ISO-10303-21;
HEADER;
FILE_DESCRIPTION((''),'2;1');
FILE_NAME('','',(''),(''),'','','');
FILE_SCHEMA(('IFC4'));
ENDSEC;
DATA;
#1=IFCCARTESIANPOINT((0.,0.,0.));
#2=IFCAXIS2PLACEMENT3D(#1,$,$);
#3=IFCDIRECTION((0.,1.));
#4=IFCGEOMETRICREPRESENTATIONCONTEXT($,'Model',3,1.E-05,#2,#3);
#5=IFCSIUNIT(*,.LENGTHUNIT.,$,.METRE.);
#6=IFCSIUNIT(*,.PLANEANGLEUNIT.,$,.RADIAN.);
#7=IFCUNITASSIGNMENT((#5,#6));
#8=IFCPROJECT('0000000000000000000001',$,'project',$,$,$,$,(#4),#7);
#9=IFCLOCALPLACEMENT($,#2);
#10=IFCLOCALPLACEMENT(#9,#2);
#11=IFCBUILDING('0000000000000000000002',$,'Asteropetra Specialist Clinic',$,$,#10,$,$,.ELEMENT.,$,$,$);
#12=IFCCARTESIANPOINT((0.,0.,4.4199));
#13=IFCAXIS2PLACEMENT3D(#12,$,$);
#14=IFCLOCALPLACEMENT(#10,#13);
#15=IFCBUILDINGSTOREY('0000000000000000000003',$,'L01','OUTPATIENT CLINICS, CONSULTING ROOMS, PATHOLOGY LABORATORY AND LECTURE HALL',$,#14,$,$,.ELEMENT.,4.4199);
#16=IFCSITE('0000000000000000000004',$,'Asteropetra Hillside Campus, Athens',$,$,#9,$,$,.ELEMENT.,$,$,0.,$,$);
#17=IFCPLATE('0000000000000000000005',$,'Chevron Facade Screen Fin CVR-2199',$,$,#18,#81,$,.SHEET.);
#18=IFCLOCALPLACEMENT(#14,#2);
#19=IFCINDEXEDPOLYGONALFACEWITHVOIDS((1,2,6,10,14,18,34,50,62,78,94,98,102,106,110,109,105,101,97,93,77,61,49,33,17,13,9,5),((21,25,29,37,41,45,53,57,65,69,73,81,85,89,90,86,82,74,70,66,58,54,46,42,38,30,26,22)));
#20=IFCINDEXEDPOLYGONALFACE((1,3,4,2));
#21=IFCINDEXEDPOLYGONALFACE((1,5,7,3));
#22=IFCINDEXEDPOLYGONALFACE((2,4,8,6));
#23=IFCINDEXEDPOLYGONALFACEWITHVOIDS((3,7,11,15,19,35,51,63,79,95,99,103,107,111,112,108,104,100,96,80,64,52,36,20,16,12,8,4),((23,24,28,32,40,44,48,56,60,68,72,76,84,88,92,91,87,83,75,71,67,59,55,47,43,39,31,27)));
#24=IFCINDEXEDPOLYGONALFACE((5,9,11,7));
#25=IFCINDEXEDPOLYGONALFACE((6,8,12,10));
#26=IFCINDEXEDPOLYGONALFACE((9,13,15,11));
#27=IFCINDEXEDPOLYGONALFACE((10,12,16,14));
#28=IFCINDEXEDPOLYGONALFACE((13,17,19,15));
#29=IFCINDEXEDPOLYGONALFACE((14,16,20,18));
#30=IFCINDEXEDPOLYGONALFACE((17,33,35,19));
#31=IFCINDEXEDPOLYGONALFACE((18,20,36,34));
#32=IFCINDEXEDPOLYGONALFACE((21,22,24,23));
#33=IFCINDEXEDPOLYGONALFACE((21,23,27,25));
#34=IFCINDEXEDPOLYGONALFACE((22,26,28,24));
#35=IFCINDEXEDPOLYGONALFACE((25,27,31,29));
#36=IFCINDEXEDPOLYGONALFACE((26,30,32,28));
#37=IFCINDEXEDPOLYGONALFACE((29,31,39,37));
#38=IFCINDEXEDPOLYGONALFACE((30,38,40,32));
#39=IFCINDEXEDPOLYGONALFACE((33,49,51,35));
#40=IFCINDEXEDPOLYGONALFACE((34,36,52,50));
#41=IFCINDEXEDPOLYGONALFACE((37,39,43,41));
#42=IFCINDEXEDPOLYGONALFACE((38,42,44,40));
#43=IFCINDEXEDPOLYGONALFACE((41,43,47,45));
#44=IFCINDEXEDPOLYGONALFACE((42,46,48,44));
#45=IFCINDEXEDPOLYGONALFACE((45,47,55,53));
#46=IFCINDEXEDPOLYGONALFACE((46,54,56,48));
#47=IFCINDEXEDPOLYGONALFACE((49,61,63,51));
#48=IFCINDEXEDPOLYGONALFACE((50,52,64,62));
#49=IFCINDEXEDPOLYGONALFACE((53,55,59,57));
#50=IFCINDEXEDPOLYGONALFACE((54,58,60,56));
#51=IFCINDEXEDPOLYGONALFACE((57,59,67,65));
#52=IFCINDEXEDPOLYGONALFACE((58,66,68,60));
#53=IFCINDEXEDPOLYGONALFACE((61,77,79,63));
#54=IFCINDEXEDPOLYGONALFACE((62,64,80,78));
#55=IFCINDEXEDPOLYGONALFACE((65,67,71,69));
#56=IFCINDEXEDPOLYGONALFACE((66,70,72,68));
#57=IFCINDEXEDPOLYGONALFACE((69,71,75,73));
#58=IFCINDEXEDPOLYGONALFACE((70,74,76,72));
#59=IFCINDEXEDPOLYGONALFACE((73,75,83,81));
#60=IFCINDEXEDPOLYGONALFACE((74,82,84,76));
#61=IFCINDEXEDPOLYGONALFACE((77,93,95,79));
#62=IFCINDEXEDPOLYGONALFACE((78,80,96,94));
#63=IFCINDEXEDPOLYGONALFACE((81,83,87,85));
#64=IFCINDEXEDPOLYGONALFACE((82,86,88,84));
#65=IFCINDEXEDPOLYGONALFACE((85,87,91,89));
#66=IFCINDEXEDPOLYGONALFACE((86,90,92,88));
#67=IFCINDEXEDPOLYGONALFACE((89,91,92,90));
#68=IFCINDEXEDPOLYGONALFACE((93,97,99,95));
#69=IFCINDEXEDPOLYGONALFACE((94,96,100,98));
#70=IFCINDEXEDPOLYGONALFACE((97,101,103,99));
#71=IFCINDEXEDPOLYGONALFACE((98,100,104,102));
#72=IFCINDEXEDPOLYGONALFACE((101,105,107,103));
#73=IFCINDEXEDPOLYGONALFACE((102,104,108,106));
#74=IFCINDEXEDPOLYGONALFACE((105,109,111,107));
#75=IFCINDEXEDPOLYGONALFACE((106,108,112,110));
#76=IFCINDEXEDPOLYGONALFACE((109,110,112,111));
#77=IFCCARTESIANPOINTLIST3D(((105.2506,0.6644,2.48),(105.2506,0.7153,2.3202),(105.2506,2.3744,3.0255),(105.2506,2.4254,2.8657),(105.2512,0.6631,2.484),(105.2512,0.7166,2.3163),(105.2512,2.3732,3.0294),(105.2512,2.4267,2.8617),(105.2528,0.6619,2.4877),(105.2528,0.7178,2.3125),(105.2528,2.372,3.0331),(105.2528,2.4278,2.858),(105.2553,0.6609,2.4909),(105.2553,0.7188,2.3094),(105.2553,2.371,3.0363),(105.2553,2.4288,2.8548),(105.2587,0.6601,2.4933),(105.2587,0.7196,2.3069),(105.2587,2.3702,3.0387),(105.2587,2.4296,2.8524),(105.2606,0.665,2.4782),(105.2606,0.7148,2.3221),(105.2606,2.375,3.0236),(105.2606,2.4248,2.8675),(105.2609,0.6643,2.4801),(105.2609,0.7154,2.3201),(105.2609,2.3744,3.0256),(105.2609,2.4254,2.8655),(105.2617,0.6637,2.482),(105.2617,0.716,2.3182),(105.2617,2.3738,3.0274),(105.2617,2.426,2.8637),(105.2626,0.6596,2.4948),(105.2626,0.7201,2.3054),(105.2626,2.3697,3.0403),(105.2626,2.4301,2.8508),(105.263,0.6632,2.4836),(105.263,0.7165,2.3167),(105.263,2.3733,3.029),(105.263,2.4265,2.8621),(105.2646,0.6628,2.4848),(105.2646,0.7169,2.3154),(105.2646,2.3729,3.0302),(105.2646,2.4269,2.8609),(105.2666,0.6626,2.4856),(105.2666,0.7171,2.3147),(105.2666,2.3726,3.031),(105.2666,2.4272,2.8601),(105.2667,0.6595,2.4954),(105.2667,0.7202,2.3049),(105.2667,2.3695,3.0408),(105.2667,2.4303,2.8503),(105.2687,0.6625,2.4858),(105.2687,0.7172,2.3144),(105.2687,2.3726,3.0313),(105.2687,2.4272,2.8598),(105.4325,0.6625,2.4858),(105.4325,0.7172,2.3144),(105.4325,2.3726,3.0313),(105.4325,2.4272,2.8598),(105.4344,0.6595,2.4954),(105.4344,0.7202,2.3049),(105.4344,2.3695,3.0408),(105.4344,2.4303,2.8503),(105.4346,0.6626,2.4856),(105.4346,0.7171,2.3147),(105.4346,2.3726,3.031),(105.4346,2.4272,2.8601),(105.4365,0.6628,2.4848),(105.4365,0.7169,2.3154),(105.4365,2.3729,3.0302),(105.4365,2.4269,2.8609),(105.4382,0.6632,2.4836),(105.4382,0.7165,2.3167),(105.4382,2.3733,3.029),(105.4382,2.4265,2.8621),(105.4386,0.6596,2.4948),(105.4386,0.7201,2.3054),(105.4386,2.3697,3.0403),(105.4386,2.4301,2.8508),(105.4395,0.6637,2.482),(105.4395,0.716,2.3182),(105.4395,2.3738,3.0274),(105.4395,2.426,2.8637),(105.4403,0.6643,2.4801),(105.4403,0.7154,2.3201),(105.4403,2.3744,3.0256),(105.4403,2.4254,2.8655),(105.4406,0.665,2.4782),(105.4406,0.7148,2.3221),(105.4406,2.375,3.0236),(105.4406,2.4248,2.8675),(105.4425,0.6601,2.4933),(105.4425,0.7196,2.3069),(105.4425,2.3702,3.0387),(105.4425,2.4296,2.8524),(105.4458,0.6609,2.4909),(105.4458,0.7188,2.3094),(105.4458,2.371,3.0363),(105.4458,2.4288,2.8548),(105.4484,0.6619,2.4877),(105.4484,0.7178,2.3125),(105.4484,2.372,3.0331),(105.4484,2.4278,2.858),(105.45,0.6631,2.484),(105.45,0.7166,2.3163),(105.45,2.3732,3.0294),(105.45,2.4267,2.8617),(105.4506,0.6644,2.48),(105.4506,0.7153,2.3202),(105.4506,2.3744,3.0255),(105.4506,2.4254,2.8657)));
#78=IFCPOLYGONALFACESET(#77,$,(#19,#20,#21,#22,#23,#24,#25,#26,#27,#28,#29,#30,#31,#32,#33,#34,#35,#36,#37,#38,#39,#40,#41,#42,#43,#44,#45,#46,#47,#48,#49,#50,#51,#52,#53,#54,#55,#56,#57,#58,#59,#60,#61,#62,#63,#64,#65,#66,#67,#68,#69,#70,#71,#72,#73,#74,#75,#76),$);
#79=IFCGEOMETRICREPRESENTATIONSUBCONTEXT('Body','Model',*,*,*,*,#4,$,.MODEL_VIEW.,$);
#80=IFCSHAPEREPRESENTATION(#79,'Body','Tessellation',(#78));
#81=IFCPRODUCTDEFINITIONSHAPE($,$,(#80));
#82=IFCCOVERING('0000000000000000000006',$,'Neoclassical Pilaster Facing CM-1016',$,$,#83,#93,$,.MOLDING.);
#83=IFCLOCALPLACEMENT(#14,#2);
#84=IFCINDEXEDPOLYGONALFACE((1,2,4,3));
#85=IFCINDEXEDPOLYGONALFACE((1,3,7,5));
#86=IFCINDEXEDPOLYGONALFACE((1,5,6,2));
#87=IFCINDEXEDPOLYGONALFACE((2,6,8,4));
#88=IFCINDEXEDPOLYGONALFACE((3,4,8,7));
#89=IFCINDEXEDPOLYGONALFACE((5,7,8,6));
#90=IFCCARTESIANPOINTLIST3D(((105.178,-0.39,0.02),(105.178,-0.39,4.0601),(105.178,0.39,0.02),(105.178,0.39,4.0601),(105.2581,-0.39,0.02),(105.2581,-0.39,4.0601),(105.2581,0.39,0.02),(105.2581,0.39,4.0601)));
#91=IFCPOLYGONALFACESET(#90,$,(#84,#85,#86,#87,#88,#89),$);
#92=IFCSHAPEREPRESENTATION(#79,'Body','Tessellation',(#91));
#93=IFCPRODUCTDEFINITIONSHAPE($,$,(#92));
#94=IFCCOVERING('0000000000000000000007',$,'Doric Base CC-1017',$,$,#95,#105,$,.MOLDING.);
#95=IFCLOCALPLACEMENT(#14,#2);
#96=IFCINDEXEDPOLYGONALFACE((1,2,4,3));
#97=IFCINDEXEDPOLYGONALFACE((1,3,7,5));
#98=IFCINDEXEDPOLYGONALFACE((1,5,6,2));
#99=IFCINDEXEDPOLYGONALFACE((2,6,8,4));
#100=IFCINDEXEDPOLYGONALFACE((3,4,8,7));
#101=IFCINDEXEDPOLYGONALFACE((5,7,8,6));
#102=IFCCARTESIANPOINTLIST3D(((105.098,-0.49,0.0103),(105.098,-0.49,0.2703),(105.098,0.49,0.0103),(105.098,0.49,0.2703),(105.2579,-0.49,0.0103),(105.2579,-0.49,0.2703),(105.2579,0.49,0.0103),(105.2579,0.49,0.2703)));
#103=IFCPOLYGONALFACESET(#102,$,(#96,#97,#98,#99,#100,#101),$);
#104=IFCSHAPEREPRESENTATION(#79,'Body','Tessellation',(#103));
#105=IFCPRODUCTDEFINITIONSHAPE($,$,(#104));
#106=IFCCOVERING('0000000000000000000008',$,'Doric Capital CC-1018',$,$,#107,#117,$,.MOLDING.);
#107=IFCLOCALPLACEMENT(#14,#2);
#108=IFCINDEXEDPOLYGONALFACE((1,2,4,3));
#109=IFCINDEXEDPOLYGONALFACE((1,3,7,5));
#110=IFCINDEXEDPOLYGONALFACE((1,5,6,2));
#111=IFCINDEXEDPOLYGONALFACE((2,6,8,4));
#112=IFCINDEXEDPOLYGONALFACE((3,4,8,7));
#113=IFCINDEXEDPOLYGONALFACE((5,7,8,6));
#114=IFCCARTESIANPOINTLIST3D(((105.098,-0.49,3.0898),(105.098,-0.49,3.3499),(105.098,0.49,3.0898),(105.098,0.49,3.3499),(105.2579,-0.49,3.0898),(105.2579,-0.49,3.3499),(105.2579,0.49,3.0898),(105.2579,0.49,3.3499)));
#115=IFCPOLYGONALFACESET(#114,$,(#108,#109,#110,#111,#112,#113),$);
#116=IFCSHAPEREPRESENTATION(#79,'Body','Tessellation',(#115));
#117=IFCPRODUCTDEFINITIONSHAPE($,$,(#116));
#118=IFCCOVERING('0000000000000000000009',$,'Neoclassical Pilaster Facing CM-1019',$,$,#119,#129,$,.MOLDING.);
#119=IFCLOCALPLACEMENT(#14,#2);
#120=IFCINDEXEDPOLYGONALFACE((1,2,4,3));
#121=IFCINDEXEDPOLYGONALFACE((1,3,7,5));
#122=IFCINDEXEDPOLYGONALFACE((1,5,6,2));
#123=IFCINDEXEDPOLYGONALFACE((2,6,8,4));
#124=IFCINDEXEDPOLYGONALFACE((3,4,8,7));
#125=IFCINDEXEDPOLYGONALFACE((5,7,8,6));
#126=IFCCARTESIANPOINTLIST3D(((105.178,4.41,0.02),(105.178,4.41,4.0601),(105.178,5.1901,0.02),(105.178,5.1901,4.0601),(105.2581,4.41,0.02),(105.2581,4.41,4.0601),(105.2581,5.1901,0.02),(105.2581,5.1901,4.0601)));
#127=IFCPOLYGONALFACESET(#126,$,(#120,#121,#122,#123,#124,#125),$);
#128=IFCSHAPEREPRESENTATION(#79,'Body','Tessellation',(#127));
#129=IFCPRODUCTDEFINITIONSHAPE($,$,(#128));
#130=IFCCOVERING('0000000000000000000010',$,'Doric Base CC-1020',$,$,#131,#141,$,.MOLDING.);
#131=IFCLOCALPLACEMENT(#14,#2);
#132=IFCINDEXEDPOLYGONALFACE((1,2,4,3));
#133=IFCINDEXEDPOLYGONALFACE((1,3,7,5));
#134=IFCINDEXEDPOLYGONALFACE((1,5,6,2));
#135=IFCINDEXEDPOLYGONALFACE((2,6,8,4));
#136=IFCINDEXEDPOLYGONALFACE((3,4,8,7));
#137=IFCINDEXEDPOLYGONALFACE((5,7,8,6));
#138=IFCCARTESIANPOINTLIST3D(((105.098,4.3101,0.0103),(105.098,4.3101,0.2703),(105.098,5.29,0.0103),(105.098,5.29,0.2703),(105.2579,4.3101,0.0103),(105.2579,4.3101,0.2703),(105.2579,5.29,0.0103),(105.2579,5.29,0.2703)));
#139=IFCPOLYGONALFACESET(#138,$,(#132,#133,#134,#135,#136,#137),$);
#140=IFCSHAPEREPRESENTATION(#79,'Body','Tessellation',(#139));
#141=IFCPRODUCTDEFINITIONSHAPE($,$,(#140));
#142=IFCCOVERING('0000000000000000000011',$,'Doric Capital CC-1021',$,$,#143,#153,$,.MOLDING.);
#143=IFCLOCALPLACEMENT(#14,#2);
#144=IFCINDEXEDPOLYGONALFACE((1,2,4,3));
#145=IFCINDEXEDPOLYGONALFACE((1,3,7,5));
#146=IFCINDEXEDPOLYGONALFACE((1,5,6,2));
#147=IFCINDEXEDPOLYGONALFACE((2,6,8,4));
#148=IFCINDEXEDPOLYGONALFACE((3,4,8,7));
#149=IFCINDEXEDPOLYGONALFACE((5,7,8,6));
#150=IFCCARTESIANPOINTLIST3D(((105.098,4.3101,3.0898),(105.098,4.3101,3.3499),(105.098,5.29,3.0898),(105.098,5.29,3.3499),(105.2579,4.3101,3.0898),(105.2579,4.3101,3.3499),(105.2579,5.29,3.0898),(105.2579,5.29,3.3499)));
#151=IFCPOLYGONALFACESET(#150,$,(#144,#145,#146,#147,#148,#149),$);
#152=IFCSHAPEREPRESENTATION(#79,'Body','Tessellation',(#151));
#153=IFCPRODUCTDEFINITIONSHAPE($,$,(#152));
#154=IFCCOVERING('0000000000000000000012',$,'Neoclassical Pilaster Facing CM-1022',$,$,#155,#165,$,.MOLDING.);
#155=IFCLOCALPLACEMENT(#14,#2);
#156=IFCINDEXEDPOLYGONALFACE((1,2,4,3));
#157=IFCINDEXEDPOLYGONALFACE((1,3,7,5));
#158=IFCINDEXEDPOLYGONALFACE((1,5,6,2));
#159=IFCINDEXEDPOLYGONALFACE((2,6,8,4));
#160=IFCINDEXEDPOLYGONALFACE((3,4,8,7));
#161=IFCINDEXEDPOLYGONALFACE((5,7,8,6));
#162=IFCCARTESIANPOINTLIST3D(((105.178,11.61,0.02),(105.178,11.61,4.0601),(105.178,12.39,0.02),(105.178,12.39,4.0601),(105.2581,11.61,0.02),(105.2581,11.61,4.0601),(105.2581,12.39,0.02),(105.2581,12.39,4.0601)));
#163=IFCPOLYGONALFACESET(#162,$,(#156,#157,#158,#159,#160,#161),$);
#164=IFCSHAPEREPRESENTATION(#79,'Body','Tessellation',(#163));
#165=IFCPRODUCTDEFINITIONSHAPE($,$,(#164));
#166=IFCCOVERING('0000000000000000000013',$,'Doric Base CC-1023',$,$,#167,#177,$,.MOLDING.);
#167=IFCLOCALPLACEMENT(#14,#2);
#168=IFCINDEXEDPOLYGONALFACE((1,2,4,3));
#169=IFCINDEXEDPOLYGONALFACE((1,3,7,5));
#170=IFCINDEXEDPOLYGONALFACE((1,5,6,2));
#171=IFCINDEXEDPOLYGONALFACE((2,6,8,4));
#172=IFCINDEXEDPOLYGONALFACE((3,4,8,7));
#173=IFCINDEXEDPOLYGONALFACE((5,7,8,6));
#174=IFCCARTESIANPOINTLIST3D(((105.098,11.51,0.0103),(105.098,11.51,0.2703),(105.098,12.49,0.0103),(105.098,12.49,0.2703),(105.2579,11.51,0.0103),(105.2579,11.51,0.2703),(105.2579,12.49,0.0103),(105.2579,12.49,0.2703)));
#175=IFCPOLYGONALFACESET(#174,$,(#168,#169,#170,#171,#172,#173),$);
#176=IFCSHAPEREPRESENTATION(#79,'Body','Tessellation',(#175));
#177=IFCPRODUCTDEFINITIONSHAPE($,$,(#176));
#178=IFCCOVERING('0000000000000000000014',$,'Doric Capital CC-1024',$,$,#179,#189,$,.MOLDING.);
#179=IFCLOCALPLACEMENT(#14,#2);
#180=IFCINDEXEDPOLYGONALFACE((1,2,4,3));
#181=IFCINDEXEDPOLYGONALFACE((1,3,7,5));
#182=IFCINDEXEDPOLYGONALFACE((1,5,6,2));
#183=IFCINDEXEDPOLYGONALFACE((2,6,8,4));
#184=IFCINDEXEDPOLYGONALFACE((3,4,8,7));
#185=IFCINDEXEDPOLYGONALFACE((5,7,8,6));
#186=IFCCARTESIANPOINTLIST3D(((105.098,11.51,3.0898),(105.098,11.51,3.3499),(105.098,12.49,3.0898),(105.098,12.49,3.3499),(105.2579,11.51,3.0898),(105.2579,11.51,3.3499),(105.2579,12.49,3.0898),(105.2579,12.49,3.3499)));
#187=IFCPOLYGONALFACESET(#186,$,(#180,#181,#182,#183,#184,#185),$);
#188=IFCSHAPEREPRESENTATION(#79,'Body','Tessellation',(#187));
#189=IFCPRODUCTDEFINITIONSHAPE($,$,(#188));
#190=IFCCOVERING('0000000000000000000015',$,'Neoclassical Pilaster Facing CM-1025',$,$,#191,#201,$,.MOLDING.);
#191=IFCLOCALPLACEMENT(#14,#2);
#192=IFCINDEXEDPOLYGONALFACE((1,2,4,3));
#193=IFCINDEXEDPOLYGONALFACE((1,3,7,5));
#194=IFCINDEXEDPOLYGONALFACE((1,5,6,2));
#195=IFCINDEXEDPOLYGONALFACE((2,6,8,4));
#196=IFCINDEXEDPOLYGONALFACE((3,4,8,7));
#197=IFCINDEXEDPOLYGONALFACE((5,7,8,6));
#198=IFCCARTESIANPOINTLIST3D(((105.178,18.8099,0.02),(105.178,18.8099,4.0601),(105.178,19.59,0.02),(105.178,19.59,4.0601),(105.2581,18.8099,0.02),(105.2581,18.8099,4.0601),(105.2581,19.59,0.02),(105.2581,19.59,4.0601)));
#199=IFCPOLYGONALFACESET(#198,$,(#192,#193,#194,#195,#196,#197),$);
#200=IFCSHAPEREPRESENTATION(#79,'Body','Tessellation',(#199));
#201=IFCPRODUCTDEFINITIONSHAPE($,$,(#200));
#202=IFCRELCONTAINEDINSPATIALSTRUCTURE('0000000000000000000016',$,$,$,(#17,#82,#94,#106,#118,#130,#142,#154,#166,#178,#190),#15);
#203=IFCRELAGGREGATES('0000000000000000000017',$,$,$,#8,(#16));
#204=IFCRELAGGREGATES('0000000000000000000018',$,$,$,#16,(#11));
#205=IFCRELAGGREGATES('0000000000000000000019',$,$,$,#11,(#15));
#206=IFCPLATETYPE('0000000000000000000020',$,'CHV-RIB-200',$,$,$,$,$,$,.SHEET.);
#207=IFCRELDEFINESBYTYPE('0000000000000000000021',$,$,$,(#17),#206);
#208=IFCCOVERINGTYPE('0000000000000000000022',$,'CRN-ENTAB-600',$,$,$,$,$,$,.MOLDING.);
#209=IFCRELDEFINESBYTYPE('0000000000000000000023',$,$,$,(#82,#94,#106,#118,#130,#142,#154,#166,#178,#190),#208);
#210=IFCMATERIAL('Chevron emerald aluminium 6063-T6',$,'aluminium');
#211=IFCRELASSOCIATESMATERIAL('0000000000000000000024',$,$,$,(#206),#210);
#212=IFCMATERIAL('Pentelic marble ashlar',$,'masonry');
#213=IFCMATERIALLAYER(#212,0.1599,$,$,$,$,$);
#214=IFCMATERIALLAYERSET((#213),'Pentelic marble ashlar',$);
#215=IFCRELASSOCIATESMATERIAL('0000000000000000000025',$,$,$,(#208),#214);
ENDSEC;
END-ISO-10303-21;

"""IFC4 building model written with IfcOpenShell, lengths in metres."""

from ifc_helpers import new_model, si_unit, direction, frame, origin, origin_2d, place, context, subcontext, project, spatial, rectangle, hollow_rectangle, extrude, material, layer, layer_set, material_profile, profile_set, type_object, element, save


model = new_model("IFC4")

# Units and contexts
model_context = context("Model", 3, precision=1e-05, world=origin(), true_north=direction((0.0, 1.0)))
body_context = subcontext(model_context, "Body", "Model", "MODEL_VIEW")
ifc_project = project(units=[si_unit("LENGTHUNIT", "METRE"), si_unit("PLANEANGLEUNIT", "RADIAN")], contexts=[model_context])

# Site, building, storey
site_placement = place(None, origin())
site = spatial("IfcSite", under=ifc_project, at=site_placement, Name="Asteropetra Hillside Campus, Athens", CompositionType="ELEMENT", RefElevation=0.0)
building_placement = place(site_placement, origin())
building = spatial("IfcBuilding", under=site, at=building_placement, Name="Asteropetra Specialist Clinic", CompositionType="ELEMENT")
storey_placement = place(building_placement, frame((0.0, 0.0, 4.4199)))
storey = spatial("IfcBuildingStorey", under=building, at=storey_placement, Name="L01", Description="OUTPATIENT CLINICS, CONSULTING ROOMS, PATHOLOGY LABORATORY AND LECTURE HALL", CompositionType="ELEMENT", Elevation=4.4199)

# Plate
ifc_material_1 = material(Name="Chevron emerald aluminium 6063-T6", Category="aluminium")
ifc_material_profile_1 = material_profile(ifc_material_1, hollow_rectangle(XDim=0.2, YDim=0.2, WallThickness=0.01, InnerFilletRadius=0.0081, OuterFilletRadius=0.0161, at=origin_2d()), Name="SHS 200x200x10.0")
ifc_profile_set_1 = profile_set([ifc_material_profile_1], Name="Chevron emerald aluminium 6063-T6")
plate_type = type_object("IfcPlateType", Name="CHV-RIB-200", PredefinedType="SHEET", material=ifc_profile_set_1)
for number, where, z_axis, x_axis, name in (
    (1, (105.3506, 2.3999, 2.9456), (0.0, -0.952711, -0.303877), (1.0, 0.0, 0.0), "Chevron Facade Screen Fin CVR-2199"),
):
    element("IfcPlate", number, at=place(storey_placement, frame(where, z_axis=z_axis, x_axis=x_axis)), inside=storey, type_object=plate_type, Name=name, PredefinedType="SHEET", context=body_context, shape_type="SweptSolid", body=[
        extrude(hollow_rectangle(XDim=0.2, YDim=0.2, WallThickness=0.01, InnerFilletRadius=0.0081, OuterFilletRadius=0.0161, at=origin_2d()), origin(), (0.0, 0.0, 1.0), 1.7949),
    ])

# Coverings
ifc_material_2 = material(Name="Pentelic marble ashlar", Category="masonry")
ifc_layer_1 = layer(ifc_material_2, 0.1599)
ifc_layer_set_1 = layer_set([ifc_layer_1], Name="Pentelic marble ashlar")
covering_type_1 = type_object("IfcCoveringType", Name="CRN-ENTAB-600", PredefinedType="MOLDING", material=ifc_layer_set_1)
covering_1_placement = place(storey_placement, frame((105.218, 0.0, 0.02), z_axis=(0.0, 0.0, 1.0), x_axis=(1.0, 0.0, 0.0)))
element("IfcCovering", 2, at=covering_1_placement, inside=storey, type_object=covering_type_1, Name="Neoclassical Pilaster Facing CM-1016", PredefinedType="MOLDING", context=body_context, shape_type="SweptSolid", body=[
    extrude(rectangle(XDim=0.0801, YDim=0.78, at=origin_2d()), origin(), (0.0, 0.0, 1.0), 4.04),
])
for number, where, z_axis, x_axis, name in (
    (3, (105.178, 0.0, 0.0103), (0.0, 0.0, 1.0), (1.0, 0.0, 0.0), "Doric Base CC-1017"),
    (4, (105.178, 0.0, 3.0898), (0.0, 0.0, 1.0), (1.0, 0.0, 0.0), "Doric Capital CC-1018"),
):
    element("IfcCovering", number, at=place(storey_placement, frame(where, z_axis=z_axis, x_axis=x_axis)), inside=storey, type_object=covering_type_1, Name=name, PredefinedType="MOLDING", context=body_context, shape_type="SweptSolid", body=[
        extrude(rectangle(XDim=0.1599, YDim=0.98, at=origin_2d()), origin(), (0.0, 0.0, 1.0), 0.26),
    ])
covering_2_placement = place(storey_placement, frame((105.218, 4.8, 0.02), z_axis=(0.0, 0.0, 1.0), x_axis=(1.0, 0.0, 0.0)))
element("IfcCovering", 5, at=covering_2_placement, inside=storey, type_object=covering_type_1, Name="Neoclassical Pilaster Facing CM-1019", PredefinedType="MOLDING", context=body_context, shape_type="SweptSolid", body=[
    extrude(rectangle(XDim=0.0801, YDim=0.78, at=origin_2d()), origin(), (0.0, 0.0, 1.0), 4.04),
])
for number, where, z_axis, x_axis, name in (
    (6, (105.178, 4.8, 0.0103), (0.0, 0.0, 1.0), (1.0, 0.0, 0.0), "Doric Base CC-1020"),
    (7, (105.178, 4.8, 3.0898), (0.0, 0.0, 1.0), (1.0, 0.0, 0.0), "Doric Capital CC-1021"),
):
    element("IfcCovering", number, at=place(storey_placement, frame(where, z_axis=z_axis, x_axis=x_axis)), inside=storey, type_object=covering_type_1, Name=name, PredefinedType="MOLDING", context=body_context, shape_type="SweptSolid", body=[
        extrude(rectangle(XDim=0.1599, YDim=0.98, at=origin_2d()), origin(), (0.0, 0.0, 1.0), 0.26),
    ])
covering_3_placement = place(storey_placement, frame((105.218, 12.0, 0.02), z_axis=(0.0, 0.0, 1.0), x_axis=(1.0, 0.0, 0.0)))
element("IfcCovering", 8, at=covering_3_placement, inside=storey, type_object=covering_type_1, Name="Neoclassical Pilaster Facing CM-1022", PredefinedType="MOLDING", context=body_context, shape_type="SweptSolid", body=[
    extrude(rectangle(XDim=0.0801, YDim=0.78, at=origin_2d()), origin(), (0.0, 0.0, 1.0), 4.04),
])
for number, where, z_axis, x_axis, name in (
    (9, (105.178, 12.0, 0.0103), (0.0, 0.0, 1.0), (1.0, 0.0, 0.0), "Doric Base CC-1023"),
    (10, (105.178, 12.0, 3.0898), (0.0, 0.0, 1.0), (1.0, 0.0, 0.0), "Doric Capital CC-1024"),
):
    element("IfcCovering", number, at=place(storey_placement, frame(where, z_axis=z_axis, x_axis=x_axis)), inside=storey, type_object=covering_type_1, Name=name, PredefinedType="MOLDING", context=body_context, shape_type="SweptSolid", body=[
        extrude(rectangle(XDim=0.1599, YDim=0.98, at=origin_2d()), origin(), (0.0, 0.0, 1.0), 0.26),
    ])
covering_4_placement = place(storey_placement, frame((105.218, 19.2, 0.02), z_axis=(0.0, 0.0, 1.0), x_axis=(1.0, 0.0, 0.0)))
element("IfcCovering", 11, at=covering_4_placement, inside=storey, type_object=covering_type_1, Name="Neoclassical Pilaster Facing CM-1025", PredefinedType="MOLDING", context=body_context, shape_type="SweptSolid", body=[
    extrude(rectangle(XDim=0.0801, YDim=0.78, at=origin_2d()), origin(), (0.0, 0.0, 1.0), 4.04),
])

save(model, "model.ifc")
